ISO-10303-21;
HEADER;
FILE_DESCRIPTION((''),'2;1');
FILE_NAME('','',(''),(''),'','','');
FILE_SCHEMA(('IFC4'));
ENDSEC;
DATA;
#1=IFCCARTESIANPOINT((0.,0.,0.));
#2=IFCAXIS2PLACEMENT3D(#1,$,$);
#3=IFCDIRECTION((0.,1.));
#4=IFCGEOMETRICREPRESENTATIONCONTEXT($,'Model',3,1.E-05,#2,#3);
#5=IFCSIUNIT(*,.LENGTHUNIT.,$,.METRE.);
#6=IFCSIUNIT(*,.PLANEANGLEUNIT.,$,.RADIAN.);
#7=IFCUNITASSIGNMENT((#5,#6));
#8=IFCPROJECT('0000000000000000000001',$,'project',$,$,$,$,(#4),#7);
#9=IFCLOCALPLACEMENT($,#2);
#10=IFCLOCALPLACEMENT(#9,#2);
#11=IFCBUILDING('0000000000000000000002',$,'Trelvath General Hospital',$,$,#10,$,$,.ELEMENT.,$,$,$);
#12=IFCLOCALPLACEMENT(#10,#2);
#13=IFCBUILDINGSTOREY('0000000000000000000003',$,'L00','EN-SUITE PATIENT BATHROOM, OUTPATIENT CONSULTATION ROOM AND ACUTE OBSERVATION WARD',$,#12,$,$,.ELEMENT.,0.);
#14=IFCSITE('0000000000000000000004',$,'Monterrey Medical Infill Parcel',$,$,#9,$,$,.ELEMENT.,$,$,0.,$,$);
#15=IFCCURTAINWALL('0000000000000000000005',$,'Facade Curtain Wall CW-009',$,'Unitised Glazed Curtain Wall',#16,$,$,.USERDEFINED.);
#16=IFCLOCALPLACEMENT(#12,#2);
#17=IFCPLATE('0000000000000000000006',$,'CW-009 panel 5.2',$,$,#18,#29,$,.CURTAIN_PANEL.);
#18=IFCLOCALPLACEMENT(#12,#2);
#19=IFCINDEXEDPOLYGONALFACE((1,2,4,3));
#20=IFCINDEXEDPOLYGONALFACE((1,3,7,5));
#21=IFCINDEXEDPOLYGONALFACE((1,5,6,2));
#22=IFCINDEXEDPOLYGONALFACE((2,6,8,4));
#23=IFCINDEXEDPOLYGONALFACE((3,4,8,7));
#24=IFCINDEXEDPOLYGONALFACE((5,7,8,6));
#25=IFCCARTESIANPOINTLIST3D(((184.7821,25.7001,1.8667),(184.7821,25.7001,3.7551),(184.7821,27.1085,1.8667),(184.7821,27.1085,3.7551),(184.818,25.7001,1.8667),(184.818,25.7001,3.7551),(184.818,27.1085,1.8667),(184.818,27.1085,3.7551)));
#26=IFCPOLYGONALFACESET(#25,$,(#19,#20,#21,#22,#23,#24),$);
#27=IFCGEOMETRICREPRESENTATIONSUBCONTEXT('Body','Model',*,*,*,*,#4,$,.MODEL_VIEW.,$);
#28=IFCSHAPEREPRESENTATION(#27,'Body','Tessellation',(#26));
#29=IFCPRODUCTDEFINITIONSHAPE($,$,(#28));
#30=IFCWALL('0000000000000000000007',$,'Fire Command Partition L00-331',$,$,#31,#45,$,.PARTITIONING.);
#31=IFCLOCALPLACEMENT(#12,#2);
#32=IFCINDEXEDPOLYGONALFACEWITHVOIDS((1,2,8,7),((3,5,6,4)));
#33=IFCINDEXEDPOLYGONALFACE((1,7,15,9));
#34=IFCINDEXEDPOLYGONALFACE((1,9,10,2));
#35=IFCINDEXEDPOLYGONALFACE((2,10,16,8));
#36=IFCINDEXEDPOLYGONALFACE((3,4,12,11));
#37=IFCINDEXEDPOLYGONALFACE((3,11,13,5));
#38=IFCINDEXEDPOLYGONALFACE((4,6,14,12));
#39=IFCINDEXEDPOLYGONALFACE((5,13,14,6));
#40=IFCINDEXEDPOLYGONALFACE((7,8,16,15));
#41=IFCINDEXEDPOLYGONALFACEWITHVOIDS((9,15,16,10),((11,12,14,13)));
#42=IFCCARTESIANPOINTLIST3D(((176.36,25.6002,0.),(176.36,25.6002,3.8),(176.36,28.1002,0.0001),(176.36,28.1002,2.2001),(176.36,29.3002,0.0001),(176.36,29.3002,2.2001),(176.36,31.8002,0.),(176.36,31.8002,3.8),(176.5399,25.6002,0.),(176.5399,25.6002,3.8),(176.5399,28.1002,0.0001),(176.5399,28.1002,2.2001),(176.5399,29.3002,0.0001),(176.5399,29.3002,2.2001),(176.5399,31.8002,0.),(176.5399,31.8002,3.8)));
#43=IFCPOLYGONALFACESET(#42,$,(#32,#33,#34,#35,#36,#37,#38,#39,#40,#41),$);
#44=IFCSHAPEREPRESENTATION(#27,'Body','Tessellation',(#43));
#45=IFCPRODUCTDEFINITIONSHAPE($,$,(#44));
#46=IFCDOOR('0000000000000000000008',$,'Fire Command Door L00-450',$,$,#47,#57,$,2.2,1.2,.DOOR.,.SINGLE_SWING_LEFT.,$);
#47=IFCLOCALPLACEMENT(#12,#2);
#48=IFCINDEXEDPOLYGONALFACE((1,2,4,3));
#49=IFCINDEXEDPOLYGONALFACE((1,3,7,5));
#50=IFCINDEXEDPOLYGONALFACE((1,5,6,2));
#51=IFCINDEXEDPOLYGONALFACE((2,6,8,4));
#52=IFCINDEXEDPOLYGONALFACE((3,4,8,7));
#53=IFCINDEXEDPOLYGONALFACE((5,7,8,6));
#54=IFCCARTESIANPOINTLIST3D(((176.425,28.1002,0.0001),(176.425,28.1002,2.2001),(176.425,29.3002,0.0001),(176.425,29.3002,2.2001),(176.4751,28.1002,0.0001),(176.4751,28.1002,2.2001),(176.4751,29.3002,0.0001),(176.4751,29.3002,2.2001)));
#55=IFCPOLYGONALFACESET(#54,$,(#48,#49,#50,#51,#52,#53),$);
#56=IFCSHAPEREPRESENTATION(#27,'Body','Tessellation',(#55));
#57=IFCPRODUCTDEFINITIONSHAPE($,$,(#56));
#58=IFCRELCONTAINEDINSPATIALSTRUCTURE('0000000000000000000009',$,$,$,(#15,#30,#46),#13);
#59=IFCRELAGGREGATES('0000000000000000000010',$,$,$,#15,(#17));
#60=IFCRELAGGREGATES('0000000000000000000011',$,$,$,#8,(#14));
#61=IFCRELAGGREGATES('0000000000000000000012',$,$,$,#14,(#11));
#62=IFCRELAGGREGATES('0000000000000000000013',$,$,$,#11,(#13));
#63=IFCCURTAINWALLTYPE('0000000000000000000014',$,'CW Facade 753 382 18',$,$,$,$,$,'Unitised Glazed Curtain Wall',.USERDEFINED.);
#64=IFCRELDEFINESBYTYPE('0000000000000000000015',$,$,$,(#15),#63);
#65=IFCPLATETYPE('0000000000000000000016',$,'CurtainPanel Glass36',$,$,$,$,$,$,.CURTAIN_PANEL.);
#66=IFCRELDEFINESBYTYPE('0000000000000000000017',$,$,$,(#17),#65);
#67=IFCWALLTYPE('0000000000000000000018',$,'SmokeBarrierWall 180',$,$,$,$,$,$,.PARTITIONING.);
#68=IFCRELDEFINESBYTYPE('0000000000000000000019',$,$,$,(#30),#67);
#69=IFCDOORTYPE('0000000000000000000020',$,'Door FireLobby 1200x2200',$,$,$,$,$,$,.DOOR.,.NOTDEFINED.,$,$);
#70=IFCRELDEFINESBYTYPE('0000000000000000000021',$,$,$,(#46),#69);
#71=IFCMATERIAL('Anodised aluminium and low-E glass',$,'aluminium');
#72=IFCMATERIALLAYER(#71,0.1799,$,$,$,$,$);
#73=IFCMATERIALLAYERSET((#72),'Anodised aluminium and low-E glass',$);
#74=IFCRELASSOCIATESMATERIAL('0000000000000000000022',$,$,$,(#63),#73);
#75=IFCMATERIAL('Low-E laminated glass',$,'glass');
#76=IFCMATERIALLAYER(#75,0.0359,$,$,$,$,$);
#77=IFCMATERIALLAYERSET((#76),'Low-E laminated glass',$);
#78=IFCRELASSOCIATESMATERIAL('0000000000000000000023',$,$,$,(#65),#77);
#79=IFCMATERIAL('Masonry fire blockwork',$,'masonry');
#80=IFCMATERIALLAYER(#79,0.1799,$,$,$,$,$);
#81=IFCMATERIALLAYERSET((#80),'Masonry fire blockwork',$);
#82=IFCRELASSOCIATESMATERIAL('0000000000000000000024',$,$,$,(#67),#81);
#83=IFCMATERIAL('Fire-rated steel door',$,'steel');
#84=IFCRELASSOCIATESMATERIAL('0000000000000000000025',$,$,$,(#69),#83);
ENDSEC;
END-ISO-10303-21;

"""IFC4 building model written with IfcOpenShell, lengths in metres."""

from ifc_helpers import new_model, si_unit, direction, frame, frame_2d, origin, origin_2d, place, context, subcontext, project, spatial, rectangle, extrude, material, layer, layer_set, type_object, element, fill, aggregate, save


model = new_model("IFC4")

# Units and contexts
model_context = context("Model", 3, precision=1e-05, world=origin(), true_north=direction((0.0, 1.0)))
body_context = subcontext(model_context, "Body", "Model", "MODEL_VIEW")
ifc_project = project(units=[si_unit("LENGTHUNIT", "METRE"), si_unit("PLANEANGLEUNIT", "RADIAN")], contexts=[model_context])

# Site, building, storey
site_placement = place(None, origin())
site = spatial("IfcSite", under=ifc_project, at=site_placement, Name="Monterrey Medical Infill Parcel", CompositionType="ELEMENT", RefElevation=0.0)
building_placement = place(site_placement, origin())
building = spatial("IfcBuilding", under=site, at=building_placement, Name="Trelvath General Hospital", CompositionType="ELEMENT")
storey_placement = place(building_placement, origin())
storey = spatial("IfcBuildingStorey", under=building, at=storey_placement, Name="L00", Description="EN-SUITE PATIENT BATHROOM, OUTPATIENT CONSULTATION ROOM AND ACUTE OBSERVATION WARD", CompositionType="ELEMENT", Elevation=0.0)

# Curtain wall, plate
ifc_material_1 = material(Name="Anodised aluminium and low-E glass", Category="aluminium")
ifc_layer_1 = layer(ifc_material_1, 0.1799)
ifc_layer_set_1 = layer_set([ifc_layer_1], Name="Anodised aluminium and low-E glass")
curtain_wall_type = type_object("IfcCurtainWallType", Name="CW Facade 753 382 18", ElementType="Unitised Glazed Curtain Wall", PredefinedType="USERDEFINED", material=ifc_layer_set_1)
curtain_wall_placement = place(storey_placement, origin())
curtain_wall = element("IfcCurtainWall", 1, at=curtain_wall_placement, inside=storey, type_object=curtain_wall_type, Name="Facade Curtain Wall CW-009", ObjectType="Unitised Glazed Curtain Wall", PredefinedType="USERDEFINED")
ifc_material_2 = material(Name="Low-E laminated glass", Category="glass")
ifc_layer_2 = layer(ifc_material_2, 0.0359)
ifc_layer_set_2 = layer_set([ifc_layer_2], Name="Low-E laminated glass")
plate_type = type_object("IfcPlateType", Name="CurtainPanel Glass36", PredefinedType="CURTAIN_PANEL", material=ifc_layer_set_2)
plate_1_placement = place(storey_placement, frame((184.8, 26.4043, 1.8667), z_axis=(0.0, 0.0, 1.0), x_axis=(0.0, -1.0, 0.0)))
plate_1 = element("IfcPlate", 2, at=plate_1_placement, type_object=plate_type, Name="CW-009 panel 5.2", PredefinedType="CURTAIN_PANEL", context=body_context, shape_type="SweptSolid", body=[
    extrude(rectangle(XDim=1.4084, YDim=0.0359, at=origin_2d()), origin(), (0.0, 0.0, 1.0), 1.8884),
])
aggregate(curtain_wall, [plate_1])

# Wall, opening, door
ifc_material_3 = material(Name="Masonry fire blockwork", Category="masonry")
ifc_layer_3 = layer(ifc_material_3, 0.1799)
ifc_layer_set_3 = layer_set([ifc_layer_3], Name="Masonry fire blockwork")
wall_type = type_object("IfcWallType", Name="SmokeBarrierWall 180", PredefinedType="PARTITIONING", material=ifc_layer_set_3)
wall_placement = place(storey_placement, frame((176.45, 25.6001, 0.0), z_axis=(0.0, 0.0, 1.0), x_axis=(0.0, 1.0, 0.0)))
wall = element("IfcWall", 3, at=wall_placement, inside=storey, type_object=wall_type, Name="Fire Command Partition L00-331", PredefinedType="PARTITIONING", context=body_context, shape_type="SweptSolid", body=[
    extrude(rectangle(XDim=6.2, YDim=0.1799, at=frame_2d((3.1001, 0.0))), origin(), (0.0, 0.0, 1.0), 3.8),
])
opening_placement = place(wall_placement, frame((2.5, 0.0, 0.0)))
opening = element("IfcOpeningElement", 4, at=opening_placement, cuts=wall, PredefinedType="OPENING", context=body_context, shape_type="SweptSolid", body=[
    extrude(rectangle(XDim=1.2, YDim=2.2, at=frame_2d((0.6001, 1.1001))), frame((0.0, 0.0999, 0.0), z_axis=(0.0, -1.0, 0.0), x_axis=(1.0, 0.0, 0.0)), (0.0, 0.0, 1.0), 0.2),
])
ifc_material_4 = material(Name="Fire-rated steel door", Category="steel")
door_type = type_object("IfcDoorType", Name="Door FireLobby 1200x2200", OperationType="NOTDEFINED", PredefinedType="DOOR", material=ifc_material_4)
door_placement = place(opening_placement, origin())
door = element("IfcDoor", 5, at=door_placement, inside=storey, type_object=door_type, Name="Fire Command Door L00-450", OperationType="SINGLE_SWING_LEFT", OverallHeight=2.2, OverallWidth=1.2, PredefinedType="DOOR", context=body_context, shape_type="SweptSolid", body=[
    extrude(rectangle(XDim=1.2, YDim=2.2, at=frame_2d((0.6001, 1.1001))), frame((0.0, 0.0249, 0.0), z_axis=(0.0, -1.0, 0.0), x_axis=(1.0, 0.0, 0.0)), (0.0, 0.0, 1.0), 0.05),
])
fill(opening, door)

save(model, "model.ifc")
